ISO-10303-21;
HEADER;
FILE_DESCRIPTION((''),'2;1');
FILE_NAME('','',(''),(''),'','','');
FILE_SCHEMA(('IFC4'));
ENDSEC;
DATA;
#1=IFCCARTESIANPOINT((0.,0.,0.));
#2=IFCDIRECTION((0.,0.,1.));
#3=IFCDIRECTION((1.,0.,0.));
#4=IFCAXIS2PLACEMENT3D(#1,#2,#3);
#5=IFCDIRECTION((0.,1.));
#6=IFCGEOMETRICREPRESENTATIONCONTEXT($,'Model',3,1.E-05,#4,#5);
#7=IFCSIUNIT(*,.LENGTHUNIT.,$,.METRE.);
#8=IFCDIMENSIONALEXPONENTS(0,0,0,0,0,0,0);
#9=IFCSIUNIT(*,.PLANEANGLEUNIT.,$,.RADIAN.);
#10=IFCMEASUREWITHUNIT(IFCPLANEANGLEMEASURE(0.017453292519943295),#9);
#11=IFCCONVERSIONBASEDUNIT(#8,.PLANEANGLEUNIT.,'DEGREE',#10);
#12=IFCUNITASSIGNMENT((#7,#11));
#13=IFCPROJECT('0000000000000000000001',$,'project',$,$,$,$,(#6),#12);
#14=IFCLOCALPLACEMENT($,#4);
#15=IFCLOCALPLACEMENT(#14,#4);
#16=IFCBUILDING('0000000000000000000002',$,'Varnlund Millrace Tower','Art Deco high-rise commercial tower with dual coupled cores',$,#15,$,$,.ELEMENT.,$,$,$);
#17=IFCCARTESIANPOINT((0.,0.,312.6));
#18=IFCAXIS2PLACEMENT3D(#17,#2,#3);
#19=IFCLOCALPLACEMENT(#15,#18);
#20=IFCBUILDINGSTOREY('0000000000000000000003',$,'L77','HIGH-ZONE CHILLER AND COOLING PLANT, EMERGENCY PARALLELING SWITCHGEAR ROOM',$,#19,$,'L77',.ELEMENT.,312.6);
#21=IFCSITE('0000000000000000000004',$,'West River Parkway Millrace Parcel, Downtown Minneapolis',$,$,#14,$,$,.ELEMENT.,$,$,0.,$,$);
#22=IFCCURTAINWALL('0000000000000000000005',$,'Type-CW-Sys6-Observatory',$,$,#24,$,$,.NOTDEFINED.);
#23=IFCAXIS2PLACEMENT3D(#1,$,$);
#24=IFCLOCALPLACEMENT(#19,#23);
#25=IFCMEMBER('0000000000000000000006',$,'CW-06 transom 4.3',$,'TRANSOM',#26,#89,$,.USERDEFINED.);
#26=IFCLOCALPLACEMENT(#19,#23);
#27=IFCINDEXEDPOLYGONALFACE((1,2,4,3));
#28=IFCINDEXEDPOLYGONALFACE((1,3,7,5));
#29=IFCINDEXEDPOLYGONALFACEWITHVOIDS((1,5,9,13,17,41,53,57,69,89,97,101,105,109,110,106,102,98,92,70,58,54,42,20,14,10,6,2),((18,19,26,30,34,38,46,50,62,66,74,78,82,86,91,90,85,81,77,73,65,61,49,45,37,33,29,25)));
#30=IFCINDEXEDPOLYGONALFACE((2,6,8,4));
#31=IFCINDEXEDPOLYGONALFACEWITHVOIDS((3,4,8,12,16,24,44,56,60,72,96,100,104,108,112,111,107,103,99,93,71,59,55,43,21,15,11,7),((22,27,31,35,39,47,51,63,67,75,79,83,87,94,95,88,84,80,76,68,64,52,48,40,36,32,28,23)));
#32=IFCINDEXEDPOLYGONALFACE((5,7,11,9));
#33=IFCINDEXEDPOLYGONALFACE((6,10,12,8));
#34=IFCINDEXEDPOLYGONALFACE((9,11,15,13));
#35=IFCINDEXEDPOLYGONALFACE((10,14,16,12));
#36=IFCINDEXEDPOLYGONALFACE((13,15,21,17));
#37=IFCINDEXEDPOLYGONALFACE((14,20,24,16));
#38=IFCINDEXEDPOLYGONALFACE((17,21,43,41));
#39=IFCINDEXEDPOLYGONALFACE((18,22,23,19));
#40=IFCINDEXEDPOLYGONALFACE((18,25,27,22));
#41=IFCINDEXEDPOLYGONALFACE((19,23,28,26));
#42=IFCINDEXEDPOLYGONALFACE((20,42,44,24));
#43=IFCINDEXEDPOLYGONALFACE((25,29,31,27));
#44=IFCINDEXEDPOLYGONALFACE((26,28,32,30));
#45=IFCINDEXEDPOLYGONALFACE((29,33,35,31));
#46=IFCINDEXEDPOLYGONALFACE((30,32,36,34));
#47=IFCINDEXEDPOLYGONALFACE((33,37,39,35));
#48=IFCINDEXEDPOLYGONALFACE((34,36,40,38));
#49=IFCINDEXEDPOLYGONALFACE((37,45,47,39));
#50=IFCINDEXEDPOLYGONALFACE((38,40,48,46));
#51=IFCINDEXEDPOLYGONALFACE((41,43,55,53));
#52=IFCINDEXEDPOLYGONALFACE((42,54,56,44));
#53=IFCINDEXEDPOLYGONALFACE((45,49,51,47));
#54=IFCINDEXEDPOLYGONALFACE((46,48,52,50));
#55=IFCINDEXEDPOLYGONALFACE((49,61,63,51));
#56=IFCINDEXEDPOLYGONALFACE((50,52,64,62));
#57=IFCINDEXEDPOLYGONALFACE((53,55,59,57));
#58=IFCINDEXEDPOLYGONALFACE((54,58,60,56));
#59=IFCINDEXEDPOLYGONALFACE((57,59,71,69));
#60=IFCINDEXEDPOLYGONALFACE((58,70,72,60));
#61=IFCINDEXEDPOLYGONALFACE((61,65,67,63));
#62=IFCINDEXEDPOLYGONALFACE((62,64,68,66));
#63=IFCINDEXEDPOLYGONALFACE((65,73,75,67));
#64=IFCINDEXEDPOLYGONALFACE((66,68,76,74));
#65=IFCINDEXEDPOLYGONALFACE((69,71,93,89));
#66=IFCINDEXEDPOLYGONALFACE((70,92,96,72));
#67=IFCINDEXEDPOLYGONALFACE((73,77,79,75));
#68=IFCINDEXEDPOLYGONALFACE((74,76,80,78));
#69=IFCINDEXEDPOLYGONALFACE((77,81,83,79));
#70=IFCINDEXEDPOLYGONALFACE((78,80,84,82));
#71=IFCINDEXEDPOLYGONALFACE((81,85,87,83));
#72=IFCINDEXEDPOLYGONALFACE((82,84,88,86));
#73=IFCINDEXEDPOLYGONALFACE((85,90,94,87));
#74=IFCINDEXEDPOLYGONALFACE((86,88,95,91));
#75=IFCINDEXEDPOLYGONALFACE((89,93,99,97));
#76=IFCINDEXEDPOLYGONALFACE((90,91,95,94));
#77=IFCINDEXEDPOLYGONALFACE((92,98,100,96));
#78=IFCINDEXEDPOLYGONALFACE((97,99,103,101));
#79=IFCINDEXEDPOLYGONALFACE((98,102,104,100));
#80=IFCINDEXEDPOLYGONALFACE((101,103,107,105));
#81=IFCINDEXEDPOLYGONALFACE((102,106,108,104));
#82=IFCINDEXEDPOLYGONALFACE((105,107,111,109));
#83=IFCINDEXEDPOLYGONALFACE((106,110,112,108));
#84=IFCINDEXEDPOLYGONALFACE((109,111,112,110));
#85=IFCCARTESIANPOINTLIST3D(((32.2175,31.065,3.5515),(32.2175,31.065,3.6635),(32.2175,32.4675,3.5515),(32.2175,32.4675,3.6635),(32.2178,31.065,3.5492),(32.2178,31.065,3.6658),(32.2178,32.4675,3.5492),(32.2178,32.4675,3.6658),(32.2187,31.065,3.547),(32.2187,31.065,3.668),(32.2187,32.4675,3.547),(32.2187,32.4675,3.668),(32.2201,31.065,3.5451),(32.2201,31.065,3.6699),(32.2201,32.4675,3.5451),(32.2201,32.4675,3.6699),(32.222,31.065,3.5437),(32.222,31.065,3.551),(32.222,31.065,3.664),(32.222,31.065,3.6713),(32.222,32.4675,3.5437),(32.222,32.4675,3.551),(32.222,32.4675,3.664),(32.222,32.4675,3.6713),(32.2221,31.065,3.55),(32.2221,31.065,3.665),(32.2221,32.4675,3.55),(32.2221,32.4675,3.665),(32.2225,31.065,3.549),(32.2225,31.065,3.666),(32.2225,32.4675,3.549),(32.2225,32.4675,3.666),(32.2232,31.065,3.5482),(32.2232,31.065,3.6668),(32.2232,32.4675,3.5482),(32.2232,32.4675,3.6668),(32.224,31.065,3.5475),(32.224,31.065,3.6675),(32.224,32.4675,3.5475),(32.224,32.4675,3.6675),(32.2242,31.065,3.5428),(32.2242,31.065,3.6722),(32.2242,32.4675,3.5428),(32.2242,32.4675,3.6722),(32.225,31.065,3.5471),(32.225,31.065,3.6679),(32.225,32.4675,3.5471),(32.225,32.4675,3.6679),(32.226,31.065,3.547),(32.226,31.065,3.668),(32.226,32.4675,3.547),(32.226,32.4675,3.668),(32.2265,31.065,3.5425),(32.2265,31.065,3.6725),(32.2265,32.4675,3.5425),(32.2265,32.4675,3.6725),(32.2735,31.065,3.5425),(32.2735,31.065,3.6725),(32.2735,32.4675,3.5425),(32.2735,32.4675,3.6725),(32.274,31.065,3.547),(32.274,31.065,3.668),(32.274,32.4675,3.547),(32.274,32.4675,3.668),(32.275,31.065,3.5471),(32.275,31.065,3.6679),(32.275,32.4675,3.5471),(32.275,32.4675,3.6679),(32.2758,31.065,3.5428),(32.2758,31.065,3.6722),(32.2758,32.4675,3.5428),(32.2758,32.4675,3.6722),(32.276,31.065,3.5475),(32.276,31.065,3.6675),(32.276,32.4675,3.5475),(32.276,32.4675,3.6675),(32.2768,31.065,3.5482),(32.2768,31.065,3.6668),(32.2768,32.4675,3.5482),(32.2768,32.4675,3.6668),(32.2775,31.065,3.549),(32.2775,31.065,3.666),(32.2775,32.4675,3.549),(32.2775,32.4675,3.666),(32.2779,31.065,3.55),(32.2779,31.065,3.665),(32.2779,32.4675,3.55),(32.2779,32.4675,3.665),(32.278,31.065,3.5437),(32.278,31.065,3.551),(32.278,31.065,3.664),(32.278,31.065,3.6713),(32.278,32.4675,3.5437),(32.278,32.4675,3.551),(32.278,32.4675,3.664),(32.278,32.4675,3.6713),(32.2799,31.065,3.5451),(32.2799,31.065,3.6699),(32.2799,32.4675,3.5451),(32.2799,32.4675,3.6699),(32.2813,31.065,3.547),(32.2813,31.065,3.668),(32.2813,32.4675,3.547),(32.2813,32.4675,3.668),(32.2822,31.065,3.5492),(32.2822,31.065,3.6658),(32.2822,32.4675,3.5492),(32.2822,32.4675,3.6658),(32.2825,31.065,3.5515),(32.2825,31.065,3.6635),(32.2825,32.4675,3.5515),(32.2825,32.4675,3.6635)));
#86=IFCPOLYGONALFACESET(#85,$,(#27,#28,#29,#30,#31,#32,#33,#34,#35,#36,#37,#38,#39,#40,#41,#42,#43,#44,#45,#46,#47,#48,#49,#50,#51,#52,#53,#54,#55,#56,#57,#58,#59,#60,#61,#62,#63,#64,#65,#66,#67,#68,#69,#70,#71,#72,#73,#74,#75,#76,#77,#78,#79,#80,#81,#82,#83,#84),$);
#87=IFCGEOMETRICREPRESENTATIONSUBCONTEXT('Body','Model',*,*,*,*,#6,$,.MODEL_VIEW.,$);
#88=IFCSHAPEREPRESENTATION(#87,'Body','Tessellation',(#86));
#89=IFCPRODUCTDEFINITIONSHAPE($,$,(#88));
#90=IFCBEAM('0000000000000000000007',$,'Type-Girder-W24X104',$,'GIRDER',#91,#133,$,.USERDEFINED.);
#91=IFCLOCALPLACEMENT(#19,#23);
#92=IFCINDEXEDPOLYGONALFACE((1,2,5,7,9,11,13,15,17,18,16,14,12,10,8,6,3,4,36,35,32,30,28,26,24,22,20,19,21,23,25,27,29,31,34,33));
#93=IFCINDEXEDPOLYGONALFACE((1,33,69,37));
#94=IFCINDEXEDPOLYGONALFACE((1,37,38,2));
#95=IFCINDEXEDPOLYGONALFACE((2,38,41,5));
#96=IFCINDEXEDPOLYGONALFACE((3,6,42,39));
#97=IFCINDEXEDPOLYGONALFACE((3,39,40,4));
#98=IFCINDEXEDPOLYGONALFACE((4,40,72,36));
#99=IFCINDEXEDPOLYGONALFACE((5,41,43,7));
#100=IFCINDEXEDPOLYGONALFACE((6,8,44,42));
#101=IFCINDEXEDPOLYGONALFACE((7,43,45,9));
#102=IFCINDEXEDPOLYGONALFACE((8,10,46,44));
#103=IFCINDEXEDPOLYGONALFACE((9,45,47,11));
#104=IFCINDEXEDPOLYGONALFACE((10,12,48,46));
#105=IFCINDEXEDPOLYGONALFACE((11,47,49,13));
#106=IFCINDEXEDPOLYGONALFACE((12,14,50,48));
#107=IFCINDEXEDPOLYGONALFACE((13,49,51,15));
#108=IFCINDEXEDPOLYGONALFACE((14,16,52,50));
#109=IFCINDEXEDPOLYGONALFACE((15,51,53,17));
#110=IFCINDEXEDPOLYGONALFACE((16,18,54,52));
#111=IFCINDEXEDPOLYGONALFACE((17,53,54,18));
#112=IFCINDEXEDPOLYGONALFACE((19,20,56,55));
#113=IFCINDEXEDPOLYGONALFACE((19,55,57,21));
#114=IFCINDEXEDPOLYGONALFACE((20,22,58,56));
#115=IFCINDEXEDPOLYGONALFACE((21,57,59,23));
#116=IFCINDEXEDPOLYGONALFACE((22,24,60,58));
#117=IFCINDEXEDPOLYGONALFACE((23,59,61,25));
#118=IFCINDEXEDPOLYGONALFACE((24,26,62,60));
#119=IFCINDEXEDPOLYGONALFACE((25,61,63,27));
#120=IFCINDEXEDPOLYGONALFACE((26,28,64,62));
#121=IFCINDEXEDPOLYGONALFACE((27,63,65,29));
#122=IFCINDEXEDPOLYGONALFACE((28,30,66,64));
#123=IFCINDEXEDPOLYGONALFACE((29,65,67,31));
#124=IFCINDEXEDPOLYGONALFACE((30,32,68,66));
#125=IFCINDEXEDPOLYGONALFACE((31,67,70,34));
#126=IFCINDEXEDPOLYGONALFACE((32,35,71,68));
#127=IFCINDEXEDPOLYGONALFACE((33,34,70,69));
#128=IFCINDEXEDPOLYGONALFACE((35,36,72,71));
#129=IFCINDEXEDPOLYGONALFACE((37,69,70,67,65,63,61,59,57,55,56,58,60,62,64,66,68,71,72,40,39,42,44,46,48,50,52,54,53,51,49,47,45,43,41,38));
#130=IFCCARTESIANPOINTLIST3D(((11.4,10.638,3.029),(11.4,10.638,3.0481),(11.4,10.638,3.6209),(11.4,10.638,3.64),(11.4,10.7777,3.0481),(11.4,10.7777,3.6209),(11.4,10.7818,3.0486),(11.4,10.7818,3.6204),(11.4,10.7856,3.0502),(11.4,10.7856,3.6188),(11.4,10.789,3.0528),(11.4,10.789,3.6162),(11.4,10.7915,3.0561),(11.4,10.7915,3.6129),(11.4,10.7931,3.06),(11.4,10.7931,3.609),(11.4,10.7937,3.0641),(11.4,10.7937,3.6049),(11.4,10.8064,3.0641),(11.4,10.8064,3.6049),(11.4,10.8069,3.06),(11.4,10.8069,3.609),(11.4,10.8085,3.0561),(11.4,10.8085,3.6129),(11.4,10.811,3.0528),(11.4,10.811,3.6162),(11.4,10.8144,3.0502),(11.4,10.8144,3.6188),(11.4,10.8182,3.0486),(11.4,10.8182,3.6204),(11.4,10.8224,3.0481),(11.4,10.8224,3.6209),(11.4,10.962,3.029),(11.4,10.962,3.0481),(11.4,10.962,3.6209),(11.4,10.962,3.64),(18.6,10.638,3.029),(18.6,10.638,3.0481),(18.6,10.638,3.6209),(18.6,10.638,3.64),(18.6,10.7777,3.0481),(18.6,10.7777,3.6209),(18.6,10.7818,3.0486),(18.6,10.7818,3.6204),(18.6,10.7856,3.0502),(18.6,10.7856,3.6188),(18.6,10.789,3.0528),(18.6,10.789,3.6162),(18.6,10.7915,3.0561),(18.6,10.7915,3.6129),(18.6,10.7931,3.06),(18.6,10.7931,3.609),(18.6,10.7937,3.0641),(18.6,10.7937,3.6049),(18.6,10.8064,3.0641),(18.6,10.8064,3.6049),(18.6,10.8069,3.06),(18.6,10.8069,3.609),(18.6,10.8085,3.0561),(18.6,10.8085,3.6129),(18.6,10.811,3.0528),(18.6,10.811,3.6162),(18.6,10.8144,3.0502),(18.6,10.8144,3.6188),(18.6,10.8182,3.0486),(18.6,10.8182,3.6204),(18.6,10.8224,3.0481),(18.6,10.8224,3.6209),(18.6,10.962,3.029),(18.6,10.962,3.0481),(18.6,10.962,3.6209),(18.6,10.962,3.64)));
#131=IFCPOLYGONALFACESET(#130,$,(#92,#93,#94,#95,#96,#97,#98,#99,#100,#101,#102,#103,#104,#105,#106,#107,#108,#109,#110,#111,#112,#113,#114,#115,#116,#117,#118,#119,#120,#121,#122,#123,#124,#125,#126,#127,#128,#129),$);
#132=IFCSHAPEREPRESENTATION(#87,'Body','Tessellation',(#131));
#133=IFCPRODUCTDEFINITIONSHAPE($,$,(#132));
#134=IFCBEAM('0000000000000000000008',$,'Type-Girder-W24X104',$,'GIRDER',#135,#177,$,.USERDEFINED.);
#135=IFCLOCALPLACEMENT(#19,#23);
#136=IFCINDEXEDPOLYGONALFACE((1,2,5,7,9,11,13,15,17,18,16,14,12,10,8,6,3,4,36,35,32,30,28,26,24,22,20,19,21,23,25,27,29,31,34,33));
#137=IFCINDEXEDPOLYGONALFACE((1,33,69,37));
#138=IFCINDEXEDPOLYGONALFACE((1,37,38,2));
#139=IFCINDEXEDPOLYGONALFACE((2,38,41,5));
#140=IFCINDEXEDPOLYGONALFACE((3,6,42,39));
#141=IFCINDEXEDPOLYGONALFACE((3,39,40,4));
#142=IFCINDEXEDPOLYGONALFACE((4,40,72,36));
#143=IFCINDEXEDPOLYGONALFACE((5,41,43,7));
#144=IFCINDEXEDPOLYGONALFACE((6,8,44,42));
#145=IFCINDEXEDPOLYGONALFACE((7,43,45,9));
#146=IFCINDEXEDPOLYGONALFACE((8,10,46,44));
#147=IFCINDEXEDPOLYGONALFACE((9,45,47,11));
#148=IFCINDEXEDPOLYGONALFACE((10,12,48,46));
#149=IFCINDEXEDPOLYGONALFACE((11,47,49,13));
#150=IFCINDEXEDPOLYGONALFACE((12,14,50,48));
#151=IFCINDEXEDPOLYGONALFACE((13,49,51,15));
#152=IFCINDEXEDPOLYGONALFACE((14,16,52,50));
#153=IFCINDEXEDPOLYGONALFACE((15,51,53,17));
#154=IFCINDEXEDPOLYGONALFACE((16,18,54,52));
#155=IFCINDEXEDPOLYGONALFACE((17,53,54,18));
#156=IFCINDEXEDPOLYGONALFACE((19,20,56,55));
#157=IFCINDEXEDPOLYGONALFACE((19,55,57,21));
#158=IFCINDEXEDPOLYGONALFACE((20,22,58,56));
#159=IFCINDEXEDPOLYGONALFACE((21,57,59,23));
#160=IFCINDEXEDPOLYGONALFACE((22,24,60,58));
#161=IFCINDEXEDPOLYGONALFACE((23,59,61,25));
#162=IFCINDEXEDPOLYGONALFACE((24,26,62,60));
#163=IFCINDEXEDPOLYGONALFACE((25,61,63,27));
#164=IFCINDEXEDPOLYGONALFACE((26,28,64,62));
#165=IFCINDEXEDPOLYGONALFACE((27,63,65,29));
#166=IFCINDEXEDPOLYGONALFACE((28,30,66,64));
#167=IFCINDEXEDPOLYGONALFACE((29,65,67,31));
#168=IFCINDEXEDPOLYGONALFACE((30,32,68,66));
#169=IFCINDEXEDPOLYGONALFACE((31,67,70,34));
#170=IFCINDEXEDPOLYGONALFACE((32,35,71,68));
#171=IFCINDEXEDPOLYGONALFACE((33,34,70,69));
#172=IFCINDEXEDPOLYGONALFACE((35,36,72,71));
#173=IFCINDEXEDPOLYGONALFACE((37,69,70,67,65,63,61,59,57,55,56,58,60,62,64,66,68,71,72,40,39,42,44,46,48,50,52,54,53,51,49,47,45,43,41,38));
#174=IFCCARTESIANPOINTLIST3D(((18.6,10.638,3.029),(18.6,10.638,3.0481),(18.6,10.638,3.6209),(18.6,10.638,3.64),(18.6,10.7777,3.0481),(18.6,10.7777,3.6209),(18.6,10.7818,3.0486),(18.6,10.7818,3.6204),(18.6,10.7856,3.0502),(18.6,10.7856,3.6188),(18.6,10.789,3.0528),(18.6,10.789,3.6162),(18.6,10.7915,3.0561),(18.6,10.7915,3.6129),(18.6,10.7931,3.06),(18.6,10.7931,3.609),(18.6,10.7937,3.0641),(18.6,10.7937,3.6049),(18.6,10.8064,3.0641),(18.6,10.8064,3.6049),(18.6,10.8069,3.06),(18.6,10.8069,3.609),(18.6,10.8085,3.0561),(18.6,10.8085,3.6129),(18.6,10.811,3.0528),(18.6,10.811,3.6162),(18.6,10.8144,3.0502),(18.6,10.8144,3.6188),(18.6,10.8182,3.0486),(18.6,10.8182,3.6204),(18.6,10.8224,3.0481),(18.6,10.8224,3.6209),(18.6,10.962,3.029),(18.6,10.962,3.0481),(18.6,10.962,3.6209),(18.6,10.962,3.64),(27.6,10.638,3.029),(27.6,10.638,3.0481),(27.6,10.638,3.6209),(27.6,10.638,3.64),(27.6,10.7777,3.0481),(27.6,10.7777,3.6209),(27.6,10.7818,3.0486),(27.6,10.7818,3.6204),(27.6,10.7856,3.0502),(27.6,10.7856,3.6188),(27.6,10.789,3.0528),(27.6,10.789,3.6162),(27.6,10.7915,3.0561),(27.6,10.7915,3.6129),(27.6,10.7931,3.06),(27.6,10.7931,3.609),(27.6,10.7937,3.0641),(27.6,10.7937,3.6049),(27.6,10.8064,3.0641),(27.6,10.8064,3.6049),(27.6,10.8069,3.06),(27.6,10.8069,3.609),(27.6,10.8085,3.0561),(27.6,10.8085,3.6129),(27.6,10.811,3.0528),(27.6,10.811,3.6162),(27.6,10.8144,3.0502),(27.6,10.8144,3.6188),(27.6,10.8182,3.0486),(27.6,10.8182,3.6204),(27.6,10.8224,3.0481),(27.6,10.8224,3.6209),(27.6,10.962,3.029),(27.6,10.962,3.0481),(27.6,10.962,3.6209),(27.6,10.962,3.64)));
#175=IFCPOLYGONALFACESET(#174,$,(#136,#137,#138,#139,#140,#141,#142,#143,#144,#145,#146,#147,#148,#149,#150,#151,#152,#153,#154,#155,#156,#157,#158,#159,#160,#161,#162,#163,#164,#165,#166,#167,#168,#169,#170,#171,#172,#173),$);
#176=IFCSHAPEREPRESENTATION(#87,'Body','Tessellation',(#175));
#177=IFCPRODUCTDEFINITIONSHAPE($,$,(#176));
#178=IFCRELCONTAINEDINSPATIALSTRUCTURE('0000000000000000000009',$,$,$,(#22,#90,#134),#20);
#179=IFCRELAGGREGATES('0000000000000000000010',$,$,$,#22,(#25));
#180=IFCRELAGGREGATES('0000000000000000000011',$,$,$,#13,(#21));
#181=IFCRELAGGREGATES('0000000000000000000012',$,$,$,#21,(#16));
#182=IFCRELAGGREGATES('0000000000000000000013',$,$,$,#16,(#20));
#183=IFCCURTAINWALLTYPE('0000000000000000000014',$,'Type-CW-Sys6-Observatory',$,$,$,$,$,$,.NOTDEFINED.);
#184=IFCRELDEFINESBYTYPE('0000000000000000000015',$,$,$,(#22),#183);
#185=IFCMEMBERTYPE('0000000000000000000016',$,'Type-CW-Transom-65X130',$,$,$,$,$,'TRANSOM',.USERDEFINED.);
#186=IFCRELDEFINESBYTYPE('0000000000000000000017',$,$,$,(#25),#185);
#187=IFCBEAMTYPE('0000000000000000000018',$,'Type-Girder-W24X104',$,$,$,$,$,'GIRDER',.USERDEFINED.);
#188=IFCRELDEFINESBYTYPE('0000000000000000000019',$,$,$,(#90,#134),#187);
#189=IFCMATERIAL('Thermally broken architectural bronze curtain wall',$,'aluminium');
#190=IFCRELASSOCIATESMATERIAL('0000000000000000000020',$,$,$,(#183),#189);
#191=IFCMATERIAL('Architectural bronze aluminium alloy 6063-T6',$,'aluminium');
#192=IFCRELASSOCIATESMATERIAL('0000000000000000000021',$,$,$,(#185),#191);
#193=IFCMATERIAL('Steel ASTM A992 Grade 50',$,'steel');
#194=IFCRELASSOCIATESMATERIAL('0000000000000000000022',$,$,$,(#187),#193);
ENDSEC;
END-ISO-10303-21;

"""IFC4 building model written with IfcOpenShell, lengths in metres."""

from ifc_helpers import new_model, entity, si_unit, converted_unit, direction, frame, origin_with_axes, origin_2d_with_axis, place, context, subcontext, project, spatial, hollow_rectangle, i_section, extrude, material, material_profile, profile_set, type_object, element, aggregate, save


model = new_model("IFC4")

# Units and contexts
model_context = context("Model", 3, precision=1e-05, world=origin_with_axes(), true_north=direction((0.0, 1.0)))
body_context = subcontext(model_context, "Body", "Model", "MODEL_VIEW")
ifc_project = project(units=[si_unit("LENGTHUNIT", "METRE"), converted_unit("PLANEANGLEUNIT", "DEGREE", entity("IfcPlaneAngleMeasure", 0.017453292519943295), si_unit("PLANEANGLEUNIT", "RADIAN"), dimensions=[0, 0, 0, 0, 0, 0, 0])], contexts=[model_context])

# Site, building, storey
site_placement = place(None, origin_with_axes())
site = spatial("IfcSite", under=ifc_project, at=site_placement, Name="West River Parkway Millrace Parcel, Downtown Minneapolis", CompositionType="ELEMENT", RefElevation=0.0)
building_placement = place(site_placement, origin_with_axes())
building = spatial("IfcBuilding", under=site, at=building_placement, Name="Varnlund Millrace Tower", Description="Art Deco high-rise commercial tower with dual coupled cores", CompositionType="ELEMENT")
storey_placement = place(building_placement, frame((0.0, 0.0, 312.6), z_axis=(0.0, 0.0, 1.0), x_axis=(1.0, 0.0, 0.0)))
storey = spatial("IfcBuildingStorey", under=building, at=storey_placement, Name="L77", Description="HIGH-ZONE CHILLER AND COOLING PLANT, EMERGENCY PARALLELING SWITCHGEAR ROOM", LongName="L77", CompositionType="ELEMENT", Elevation=312.6)

# Shared definitions
ifc_material_1 = material(Name="Steel ASTM A992 Grade 50", Category="steel")

# Curtain wall, member
ifc_material_2 = material(Name="Thermally broken architectural bronze curtain wall", Category="aluminium")
curtain_wall_type = type_object("IfcCurtainWallType", Name="Type-CW-Sys6-Observatory", PredefinedType="NOTDEFINED", material=ifc_material_2)
curtain_wall_placement = place(storey_placement, frame((32.25, 37.0, 0.0), z_axis=(0.0, 0.0, 1.0), x_axis=(1.0, 0.0, 0.0)))
curtain_wall = element("IfcCurtainWall", 1, at=curtain_wall_placement, inside=storey, type_object=curtain_wall_type, Name="Type-CW-Sys6-Observatory", PredefinedType="NOTDEFINED")
ifc_material_3 = material(Name="Architectural bronze aluminium alloy 6063-T6", Category="aluminium")
ifc_material_profile_1 = material_profile(ifc_material_3, hollow_rectangle(XDim=0.065, YDim=0.13, WallThickness=0.0045, InnerFilletRadius=0.004, OuterFilletRadius=0.009, at=origin_2d_with_axis()), Name="Architectural bronze aluminium alloy 6063-T6")
ifc_profile_set_1 = profile_set([ifc_material_profile_1], Name="Architectural bronze aluminium alloy 6063-T6")
member_type = type_object("IfcMemberType", Name="Type-CW-Transom-65X130", ElementType="TRANSOM", PredefinedType="USERDEFINED", material=ifc_profile_set_1)
member_1_placement = place(storey_placement, frame((32.25, 32.4675, 3.6075), z_axis=(0.0, -1.0, 0.0), x_axis=(1.0, 0.0, 0.0)))
member_1 = element("IfcMember", 2, at=member_1_placement, type_object=member_type, Name="CW-06 transom 4.3", ObjectType="TRANSOM", PredefinedType="USERDEFINED", context=body_context, shape_type="SweptSolid", body=[
    extrude(hollow_rectangle(XDim=0.065, YDim=0.13, WallThickness=0.0045, InnerFilletRadius=0.004, OuterFilletRadius=0.009, at=origin_2d_with_axis()), origin_with_axes(), (0.0, 0.0, 1.0), 1.4025),
])

# Beams
ifc_material_profile_2 = material_profile(ifc_material_1, i_section(OverallWidth=0.324, OverallDepth=0.611, WebThickness=0.0127, FlangeThickness=0.0191, FilletRadius=0.016, at=origin_2d_with_axis()), Name="Steel ASTM A992 Grade 50")
ifc_profile_set_2 = profile_set([ifc_material_profile_2], Name="Steel ASTM A992 Grade 50")
beam_type_1 = type_object("IfcBeamType", Name="Type-Girder-W24X104", ElementType="GIRDER", PredefinedType="USERDEFINED", material=ifc_profile_set_2)
beam_1_placement = place(storey_placement, frame((11.4, 10.8, 3.3345), z_axis=(1.0, 0.0, 0.0), x_axis=(0.0, 1.0, 0.0)))
element("IfcBeam", 3, at=beam_1_placement, inside=storey, type_object=beam_type_1, Name="Type-Girder-W24X104", ObjectType="GIRDER", PredefinedType="USERDEFINED", context=body_context, shape_type="SweptSolid", body=[
    extrude(i_section(OverallWidth=0.324, OverallDepth=0.611, WebThickness=0.0127, FlangeThickness=0.0191, FilletRadius=0.016, at=origin_2d_with_axis()), origin_with_axes(), (0.0, 0.0, 1.0), 7.2),
])
for number, where, z_axis, x_axis, name in (
    (4, (18.6, 10.8, 3.3345), (1.0, 0.0, 0.0), (0.0, 1.0, 0.0), "Type-Girder-W24X104"),
):
    element("IfcBeam", number, at=place(storey_placement, frame(where, z_axis=z_axis, x_axis=x_axis)), inside=storey, type_object=beam_type_1, Name=name, ObjectType="GIRDER", PredefinedType="USERDEFINED", context=body_context, shape_type="SweptSolid", body=[
        extrude(i_section(OverallWidth=0.324, OverallDepth=0.611, WebThickness=0.0127, FlangeThickness=0.0191, FilletRadius=0.016, at=origin_2d_with_axis()), origin_with_axes(), (0.0, 0.0, 1.0), 9.0),
    ])

aggregate(curtain_wall, [member_1])

save(model, "model.ifc")
